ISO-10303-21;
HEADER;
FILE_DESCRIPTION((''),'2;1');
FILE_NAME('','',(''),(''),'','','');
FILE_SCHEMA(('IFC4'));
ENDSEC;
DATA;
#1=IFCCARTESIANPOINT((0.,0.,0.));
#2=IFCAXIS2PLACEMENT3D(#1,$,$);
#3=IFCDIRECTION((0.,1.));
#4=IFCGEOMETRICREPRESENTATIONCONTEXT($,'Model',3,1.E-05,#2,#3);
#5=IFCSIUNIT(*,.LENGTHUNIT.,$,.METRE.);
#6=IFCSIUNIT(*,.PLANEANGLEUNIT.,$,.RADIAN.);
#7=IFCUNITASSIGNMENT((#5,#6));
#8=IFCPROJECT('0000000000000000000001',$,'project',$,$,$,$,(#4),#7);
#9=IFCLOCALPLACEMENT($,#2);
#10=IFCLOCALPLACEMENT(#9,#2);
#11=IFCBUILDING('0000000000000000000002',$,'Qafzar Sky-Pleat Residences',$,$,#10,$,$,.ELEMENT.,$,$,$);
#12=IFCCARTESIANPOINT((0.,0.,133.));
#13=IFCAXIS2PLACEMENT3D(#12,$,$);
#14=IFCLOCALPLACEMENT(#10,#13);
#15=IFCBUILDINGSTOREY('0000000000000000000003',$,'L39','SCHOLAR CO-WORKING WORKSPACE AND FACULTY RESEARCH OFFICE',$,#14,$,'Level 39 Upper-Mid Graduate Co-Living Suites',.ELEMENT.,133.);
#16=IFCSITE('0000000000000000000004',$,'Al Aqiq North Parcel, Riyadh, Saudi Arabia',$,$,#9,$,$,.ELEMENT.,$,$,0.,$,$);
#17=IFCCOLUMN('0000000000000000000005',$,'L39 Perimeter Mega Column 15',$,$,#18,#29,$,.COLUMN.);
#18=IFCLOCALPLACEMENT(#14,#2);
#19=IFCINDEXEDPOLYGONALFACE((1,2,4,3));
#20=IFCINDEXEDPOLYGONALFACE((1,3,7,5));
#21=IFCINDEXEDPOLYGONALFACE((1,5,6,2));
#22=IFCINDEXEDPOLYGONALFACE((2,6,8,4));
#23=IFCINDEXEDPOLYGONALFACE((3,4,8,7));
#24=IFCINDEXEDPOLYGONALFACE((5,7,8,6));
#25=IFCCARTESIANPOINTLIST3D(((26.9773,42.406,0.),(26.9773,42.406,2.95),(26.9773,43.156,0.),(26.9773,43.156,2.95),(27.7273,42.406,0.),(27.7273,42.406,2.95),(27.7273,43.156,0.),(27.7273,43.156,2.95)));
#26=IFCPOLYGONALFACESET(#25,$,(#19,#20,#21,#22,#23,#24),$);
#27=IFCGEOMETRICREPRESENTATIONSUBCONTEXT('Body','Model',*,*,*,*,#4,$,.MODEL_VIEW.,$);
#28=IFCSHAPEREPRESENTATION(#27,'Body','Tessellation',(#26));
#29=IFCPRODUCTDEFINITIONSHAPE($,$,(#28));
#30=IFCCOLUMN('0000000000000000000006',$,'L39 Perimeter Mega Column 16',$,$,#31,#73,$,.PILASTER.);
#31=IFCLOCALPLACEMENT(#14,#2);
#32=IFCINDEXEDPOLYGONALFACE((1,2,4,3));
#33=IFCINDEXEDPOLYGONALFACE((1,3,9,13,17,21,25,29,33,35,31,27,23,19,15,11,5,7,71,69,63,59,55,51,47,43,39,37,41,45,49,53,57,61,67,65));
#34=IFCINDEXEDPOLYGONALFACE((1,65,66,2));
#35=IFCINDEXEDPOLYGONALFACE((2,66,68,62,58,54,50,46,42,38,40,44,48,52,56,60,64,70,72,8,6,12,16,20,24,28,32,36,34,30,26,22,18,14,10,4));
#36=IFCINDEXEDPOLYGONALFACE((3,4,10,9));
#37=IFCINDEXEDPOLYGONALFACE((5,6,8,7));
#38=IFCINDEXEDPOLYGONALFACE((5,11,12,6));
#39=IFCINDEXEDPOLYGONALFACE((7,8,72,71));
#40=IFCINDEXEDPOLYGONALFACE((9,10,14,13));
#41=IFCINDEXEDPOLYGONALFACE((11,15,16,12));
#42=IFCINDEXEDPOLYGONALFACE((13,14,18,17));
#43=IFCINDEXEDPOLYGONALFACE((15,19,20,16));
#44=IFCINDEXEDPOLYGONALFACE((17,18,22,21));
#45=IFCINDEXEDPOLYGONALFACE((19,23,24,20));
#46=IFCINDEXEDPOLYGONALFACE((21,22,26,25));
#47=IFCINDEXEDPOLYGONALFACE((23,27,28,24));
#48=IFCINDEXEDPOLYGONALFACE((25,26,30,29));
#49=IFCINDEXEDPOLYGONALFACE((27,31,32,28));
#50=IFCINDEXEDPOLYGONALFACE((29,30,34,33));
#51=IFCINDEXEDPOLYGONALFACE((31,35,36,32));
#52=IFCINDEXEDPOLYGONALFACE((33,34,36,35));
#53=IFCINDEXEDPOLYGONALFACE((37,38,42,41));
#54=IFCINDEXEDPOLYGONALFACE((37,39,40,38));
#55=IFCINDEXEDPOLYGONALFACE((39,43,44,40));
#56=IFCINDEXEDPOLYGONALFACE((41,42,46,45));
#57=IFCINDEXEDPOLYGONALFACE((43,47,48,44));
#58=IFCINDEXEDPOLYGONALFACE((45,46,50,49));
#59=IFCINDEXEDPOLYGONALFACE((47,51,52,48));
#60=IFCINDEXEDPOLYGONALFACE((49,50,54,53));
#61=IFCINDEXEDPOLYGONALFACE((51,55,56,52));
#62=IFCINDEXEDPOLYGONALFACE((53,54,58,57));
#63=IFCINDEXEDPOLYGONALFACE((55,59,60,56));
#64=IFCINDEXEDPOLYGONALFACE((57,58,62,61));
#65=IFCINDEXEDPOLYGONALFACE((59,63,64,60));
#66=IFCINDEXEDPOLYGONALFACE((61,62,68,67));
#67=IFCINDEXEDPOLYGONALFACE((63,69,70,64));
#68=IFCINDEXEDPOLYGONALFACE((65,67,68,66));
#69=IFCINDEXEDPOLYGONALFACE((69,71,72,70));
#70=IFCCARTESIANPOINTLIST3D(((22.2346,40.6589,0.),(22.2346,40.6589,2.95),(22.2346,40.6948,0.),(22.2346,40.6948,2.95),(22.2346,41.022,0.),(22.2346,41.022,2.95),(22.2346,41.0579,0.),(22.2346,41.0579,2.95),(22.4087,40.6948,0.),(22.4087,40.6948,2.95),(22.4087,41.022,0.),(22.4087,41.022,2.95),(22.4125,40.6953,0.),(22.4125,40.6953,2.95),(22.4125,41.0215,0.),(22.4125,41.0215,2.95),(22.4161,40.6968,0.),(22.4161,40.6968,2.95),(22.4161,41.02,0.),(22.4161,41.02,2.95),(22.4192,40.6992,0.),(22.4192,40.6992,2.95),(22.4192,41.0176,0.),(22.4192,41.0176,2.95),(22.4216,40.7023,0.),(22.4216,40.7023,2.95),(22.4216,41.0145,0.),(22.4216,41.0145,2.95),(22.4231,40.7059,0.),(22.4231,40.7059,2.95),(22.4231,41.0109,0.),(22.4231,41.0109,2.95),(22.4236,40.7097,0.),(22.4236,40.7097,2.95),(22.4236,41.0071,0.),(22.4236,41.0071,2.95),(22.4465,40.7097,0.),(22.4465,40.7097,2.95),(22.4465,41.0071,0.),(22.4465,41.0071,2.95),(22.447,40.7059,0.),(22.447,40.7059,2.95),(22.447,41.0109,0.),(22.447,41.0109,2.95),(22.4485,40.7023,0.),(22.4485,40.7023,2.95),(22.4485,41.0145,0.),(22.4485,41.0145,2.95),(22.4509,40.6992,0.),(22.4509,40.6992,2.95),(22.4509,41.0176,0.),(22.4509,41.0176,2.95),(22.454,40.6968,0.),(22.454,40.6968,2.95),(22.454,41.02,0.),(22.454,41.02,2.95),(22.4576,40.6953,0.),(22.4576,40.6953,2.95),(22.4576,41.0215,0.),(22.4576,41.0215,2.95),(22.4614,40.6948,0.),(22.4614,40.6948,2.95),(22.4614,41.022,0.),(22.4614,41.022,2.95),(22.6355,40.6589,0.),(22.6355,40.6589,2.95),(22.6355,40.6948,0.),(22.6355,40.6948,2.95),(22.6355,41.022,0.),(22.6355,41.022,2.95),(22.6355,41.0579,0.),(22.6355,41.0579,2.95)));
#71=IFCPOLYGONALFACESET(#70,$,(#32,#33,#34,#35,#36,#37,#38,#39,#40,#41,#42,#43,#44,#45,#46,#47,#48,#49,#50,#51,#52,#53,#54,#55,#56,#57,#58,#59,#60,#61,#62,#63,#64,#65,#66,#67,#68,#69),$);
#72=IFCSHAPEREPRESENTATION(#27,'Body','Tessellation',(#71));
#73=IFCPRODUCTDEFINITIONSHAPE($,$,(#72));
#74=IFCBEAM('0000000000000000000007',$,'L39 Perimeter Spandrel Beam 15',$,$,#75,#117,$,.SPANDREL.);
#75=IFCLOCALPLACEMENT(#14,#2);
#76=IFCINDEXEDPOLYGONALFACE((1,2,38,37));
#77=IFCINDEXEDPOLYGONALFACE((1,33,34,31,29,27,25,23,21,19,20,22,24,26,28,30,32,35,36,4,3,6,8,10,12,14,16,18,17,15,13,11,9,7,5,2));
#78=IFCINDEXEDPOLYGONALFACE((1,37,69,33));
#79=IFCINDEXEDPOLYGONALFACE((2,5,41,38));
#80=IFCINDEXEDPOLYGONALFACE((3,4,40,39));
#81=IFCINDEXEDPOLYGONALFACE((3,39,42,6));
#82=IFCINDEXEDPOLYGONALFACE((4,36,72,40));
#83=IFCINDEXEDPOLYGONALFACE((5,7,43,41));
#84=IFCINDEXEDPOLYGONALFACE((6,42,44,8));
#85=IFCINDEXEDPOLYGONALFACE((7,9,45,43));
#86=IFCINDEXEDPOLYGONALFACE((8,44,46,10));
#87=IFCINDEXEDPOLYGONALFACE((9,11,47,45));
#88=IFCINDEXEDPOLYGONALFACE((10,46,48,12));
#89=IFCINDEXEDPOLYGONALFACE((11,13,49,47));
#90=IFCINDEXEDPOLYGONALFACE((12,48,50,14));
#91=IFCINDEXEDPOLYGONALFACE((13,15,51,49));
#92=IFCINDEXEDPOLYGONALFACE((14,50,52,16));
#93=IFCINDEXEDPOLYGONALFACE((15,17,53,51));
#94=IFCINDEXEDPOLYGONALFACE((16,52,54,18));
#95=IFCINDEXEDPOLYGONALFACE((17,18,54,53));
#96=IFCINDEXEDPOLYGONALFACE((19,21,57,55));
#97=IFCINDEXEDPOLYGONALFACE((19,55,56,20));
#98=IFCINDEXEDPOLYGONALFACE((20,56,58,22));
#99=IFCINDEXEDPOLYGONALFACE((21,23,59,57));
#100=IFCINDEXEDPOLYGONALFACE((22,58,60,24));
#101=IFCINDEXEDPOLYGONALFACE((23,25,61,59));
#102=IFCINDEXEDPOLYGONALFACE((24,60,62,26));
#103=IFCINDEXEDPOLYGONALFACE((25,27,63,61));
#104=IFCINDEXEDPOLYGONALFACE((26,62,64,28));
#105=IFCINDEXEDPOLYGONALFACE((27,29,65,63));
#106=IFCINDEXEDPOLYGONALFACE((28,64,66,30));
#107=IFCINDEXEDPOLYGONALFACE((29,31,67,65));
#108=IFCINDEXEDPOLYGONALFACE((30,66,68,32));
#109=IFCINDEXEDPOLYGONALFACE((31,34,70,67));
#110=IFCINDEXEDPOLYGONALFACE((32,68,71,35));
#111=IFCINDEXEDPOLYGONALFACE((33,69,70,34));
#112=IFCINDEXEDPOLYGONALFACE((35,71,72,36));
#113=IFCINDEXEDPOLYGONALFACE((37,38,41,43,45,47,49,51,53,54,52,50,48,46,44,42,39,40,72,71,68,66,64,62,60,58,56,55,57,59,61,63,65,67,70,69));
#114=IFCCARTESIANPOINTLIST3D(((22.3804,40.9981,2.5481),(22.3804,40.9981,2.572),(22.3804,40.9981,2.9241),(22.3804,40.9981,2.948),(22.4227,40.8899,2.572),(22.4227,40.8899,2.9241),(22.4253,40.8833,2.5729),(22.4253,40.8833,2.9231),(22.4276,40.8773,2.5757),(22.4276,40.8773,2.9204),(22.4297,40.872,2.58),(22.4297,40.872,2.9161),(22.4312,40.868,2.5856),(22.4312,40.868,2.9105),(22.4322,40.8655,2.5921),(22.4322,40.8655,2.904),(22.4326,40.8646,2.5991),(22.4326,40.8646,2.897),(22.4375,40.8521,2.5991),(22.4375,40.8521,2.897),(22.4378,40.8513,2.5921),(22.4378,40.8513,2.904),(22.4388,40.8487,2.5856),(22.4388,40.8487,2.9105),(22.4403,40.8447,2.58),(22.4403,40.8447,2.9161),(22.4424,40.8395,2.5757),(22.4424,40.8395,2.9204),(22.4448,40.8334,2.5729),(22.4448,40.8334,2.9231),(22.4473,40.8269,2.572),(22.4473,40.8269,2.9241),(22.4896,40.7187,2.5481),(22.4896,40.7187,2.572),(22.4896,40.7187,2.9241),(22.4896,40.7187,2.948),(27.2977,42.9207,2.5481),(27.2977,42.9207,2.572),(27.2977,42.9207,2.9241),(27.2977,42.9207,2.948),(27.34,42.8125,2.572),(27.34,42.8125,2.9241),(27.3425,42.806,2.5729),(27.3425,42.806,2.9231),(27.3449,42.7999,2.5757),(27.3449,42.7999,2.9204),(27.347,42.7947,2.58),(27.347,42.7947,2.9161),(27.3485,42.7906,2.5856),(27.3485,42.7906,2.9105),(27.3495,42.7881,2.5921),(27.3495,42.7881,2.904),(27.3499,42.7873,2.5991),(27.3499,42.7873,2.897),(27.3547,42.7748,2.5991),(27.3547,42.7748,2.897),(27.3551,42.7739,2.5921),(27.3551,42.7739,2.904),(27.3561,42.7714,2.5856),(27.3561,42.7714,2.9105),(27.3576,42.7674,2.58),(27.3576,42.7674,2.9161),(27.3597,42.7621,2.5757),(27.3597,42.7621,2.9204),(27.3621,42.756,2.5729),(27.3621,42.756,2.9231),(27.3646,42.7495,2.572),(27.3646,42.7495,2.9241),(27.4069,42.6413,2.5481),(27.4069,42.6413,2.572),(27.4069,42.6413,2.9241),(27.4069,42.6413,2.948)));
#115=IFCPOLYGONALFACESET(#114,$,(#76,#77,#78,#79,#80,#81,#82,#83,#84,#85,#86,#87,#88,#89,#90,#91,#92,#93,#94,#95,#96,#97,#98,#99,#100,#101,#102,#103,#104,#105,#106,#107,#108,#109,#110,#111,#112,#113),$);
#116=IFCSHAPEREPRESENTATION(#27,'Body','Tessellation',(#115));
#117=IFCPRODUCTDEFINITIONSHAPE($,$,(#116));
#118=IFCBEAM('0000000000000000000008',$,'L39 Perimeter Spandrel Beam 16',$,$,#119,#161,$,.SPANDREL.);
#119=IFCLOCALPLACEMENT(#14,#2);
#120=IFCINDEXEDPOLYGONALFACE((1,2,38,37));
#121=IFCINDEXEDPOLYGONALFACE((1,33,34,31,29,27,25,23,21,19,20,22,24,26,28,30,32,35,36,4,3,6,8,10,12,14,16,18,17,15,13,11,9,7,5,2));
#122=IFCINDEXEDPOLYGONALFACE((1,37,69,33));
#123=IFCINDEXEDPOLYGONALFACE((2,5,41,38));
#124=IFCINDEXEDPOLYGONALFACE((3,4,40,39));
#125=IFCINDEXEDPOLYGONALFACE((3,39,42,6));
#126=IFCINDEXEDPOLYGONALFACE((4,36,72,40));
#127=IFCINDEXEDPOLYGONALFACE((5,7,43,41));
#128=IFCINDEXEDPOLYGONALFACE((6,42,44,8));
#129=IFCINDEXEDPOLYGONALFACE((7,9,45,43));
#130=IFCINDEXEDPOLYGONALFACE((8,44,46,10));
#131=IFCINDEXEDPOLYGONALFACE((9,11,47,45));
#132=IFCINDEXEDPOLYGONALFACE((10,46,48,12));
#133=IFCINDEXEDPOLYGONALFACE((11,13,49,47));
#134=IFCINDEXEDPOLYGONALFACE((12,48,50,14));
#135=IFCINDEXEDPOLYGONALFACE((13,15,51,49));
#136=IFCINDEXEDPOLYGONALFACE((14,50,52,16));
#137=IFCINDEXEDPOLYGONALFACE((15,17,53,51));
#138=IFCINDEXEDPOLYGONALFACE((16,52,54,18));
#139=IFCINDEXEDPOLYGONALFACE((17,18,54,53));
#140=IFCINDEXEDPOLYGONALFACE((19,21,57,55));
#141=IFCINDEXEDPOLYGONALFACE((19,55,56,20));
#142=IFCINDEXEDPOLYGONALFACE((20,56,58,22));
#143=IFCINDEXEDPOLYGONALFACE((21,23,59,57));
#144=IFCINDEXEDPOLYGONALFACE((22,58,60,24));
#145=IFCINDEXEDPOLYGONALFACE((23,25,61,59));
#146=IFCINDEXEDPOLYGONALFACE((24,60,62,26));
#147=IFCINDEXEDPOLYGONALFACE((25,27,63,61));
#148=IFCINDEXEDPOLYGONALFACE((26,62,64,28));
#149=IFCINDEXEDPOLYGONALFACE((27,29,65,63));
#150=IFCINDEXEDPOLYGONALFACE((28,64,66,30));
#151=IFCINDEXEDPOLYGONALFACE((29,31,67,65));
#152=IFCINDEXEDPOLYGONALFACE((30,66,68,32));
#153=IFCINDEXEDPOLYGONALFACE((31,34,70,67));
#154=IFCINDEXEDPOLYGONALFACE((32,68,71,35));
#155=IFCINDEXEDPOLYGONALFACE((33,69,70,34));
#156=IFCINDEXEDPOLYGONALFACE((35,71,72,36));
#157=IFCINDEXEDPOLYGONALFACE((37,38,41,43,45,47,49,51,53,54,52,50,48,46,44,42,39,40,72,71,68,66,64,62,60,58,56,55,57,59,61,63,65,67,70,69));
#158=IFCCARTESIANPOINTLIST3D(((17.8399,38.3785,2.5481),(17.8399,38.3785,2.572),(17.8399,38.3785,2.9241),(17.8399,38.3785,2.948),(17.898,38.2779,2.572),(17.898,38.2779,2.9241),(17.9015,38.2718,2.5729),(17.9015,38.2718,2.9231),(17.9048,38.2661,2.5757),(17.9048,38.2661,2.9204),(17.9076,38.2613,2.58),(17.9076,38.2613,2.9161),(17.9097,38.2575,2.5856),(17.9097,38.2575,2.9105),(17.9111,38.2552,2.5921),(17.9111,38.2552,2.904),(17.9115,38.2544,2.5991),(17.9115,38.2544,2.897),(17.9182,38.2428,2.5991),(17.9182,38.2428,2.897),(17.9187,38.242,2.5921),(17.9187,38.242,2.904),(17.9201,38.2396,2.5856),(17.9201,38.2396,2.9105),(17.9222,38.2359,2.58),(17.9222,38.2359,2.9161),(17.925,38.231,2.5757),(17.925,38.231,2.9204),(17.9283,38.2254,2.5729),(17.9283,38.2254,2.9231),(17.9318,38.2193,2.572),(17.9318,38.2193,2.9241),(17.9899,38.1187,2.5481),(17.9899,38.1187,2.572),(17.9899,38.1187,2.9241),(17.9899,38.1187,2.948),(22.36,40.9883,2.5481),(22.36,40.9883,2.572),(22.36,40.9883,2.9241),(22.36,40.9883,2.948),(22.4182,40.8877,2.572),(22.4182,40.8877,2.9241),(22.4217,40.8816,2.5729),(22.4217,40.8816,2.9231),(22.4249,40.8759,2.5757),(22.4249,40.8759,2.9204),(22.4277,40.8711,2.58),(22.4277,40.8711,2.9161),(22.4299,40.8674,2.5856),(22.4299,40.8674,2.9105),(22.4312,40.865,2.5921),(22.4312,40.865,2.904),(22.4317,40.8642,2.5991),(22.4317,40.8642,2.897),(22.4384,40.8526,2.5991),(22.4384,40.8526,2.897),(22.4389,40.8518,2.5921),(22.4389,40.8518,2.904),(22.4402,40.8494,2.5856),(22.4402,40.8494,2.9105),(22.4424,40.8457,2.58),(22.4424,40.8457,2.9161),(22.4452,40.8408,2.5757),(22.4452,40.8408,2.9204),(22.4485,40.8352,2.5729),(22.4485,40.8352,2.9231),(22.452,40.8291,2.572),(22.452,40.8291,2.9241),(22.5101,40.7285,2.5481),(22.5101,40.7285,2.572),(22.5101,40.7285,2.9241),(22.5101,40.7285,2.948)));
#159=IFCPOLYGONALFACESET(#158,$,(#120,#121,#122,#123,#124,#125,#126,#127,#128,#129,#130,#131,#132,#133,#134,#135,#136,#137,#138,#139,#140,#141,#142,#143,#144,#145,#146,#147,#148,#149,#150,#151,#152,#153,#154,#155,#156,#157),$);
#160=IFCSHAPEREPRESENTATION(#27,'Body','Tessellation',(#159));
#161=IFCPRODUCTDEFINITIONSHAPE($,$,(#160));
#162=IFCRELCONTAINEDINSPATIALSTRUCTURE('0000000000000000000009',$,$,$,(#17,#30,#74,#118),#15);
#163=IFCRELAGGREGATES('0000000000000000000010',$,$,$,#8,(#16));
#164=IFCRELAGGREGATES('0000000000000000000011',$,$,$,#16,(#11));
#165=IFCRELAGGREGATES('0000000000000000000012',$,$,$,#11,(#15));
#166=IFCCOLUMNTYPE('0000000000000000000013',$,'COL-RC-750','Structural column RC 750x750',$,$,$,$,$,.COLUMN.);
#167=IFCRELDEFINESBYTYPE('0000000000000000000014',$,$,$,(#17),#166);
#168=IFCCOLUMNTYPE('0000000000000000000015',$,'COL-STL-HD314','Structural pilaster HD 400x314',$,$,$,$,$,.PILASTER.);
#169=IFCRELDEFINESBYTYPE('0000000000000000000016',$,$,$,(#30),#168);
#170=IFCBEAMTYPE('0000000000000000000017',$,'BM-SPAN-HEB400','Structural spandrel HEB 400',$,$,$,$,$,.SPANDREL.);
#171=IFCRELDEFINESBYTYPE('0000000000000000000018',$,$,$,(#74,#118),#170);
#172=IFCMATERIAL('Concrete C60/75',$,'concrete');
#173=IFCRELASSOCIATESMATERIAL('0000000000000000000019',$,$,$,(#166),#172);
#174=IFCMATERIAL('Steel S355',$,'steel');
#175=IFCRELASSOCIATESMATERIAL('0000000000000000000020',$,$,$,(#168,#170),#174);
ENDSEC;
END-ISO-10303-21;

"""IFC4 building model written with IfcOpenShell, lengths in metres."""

from ifc_helpers import new_model, si_unit, direction, frame, origin, origin_2d, place, context, subcontext, project, spatial, rectangle, i_section, extrude, source, transform, mapped, material, material_profile, profile_set, type_object, element, save


model = new_model("IFC4")

# Units and contexts
model_context = context("Model", 3, precision=1e-05, world=origin(), true_north=direction((0.0, 1.0)))
body_context = subcontext(model_context, "Body", "Model", "MODEL_VIEW")
ifc_project = project(units=[si_unit("LENGTHUNIT", "METRE"), si_unit("PLANEANGLEUNIT", "RADIAN")], contexts=[model_context])

# Site, building, storey
site_placement = place(None, origin())
site = spatial("IfcSite", under=ifc_project, at=site_placement, Name="Al Aqiq North Parcel, Riyadh, Saudi Arabia", CompositionType="ELEMENT", RefElevation=0.0)
building_placement = place(site_placement, origin())
building = spatial("IfcBuilding", under=site, at=building_placement, Name="Qafzar Sky-Pleat Residences", CompositionType="ELEMENT")
storey_placement = place(building_placement, frame((0.0, 0.0, 133.0)))
storey = spatial("IfcBuildingStorey", under=building, at=storey_placement, Name="L39", Description="SCHOLAR CO-WORKING WORKSPACE AND FACULTY RESEARCH OFFICE", LongName="Level 39 Upper-Mid Graduate Co-Living Suites", CompositionType="ELEMENT", Elevation=133.0)

# Columns
ifc_material_1 = material(Name="Concrete C60/75", Category="concrete")
ifc_material_profile_1 = material_profile(ifc_material_1, rectangle(XDim=0.75, YDim=0.75, at=origin_2d()), Name="RC 750x750")
ifc_profile_set_1 = profile_set([ifc_material_profile_1], Name="Concrete C60/75")
column_type_1 = type_object("IfcColumnType", Name="COL-RC-750", Description="Structural column RC 750x750", PredefinedType="COLUMN", material=ifc_profile_set_1)
shared_shape_1 = source(origin(), body_context, "Body", "SweptSolid", [
    extrude(rectangle(XDim=0.75, YDim=0.75, at=origin_2d()), origin(), (0.0, 0.0, 1.0), 2.95),
])
column_1_placement = place(storey_placement, frame((27.3523, 42.781, 0.0), z_axis=(0.0, 0.0, 1.0), x_axis=(1.0, 0.0, 0.0)))
element("IfcColumn", 1, at=column_1_placement, inside=storey, type_object=column_type_1, Name="L39 Perimeter Mega Column 15", PredefinedType="COLUMN", context=body_context, shape_type="MappedRepresentation", body=[
    mapped(shared_shape_1, transform((0.0, 0.0, 0.0), x_axis=(1.0, 0.0, 0.0), y_axis=(0.0, 1.0, 0.0), z_axis=(0.0, 0.0, 1.0), scale=1.0)),
])
ifc_material_2 = material(Name="Steel S355", Category="steel")
ifc_material_profile_2 = material_profile(ifc_material_2, i_section(OverallWidth=0.4009, OverallDepth=0.3989, WebThickness=0.0229, FlangeThickness=0.0359, FilletRadius=0.0149, at=origin_2d()), Name="HD 400x314")
ifc_profile_set_2 = profile_set([ifc_material_profile_2], Name="Steel S355")
column_type_2 = type_object("IfcColumnType", Name="COL-STL-HD314", Description="Structural pilaster HD 400x314", PredefinedType="PILASTER", material=ifc_profile_set_2)
shared_shape_2 = source(origin(), body_context, "Body", "SweptSolid", [
    extrude(i_section(OverallWidth=0.4009, OverallDepth=0.3989, WebThickness=0.0229, FlangeThickness=0.0359, FilletRadius=0.0149, at=origin_2d()), origin(), (0.0, 0.0, 1.0), 2.95),
])
column_2_placement = place(storey_placement, frame((22.4351, 40.8584, 0.0), z_axis=(0.0, 0.0, 1.0), x_axis=(1.0, 0.0, 0.0)))
element("IfcColumn", 2, at=column_2_placement, inside=storey, type_object=column_type_2, Name="L39 Perimeter Mega Column 16", PredefinedType="PILASTER", context=body_context, shape_type="MappedRepresentation", body=[
    mapped(shared_shape_2, transform((0.0, 0.0, 0.0), x_axis=(1.0, 0.0, 0.0), y_axis=(0.0, 1.0, 0.0), z_axis=(0.0, 0.0, 1.0), scale=1.0)),
])

# Beams
ifc_material_profile_3 = material_profile(ifc_material_2, i_section(OverallWidth=0.3, OverallDepth=0.3999, WebThickness=0.0134, FlangeThickness=0.0239, FilletRadius=0.0271, at=origin_2d()), Name="HEB 400")
ifc_profile_set_3 = profile_set([ifc_material_profile_3], Name="Steel S355")
beam_type_1 = type_object("IfcBeamType", Name="BM-SPAN-HEB400", Description="Structural spandrel HEB 400", PredefinedType="SPANDREL", material=ifc_profile_set_3)
shared_shape_3 = source(origin(), body_context, "Body", "SweptSolid", [
    extrude(i_section(OverallWidth=0.3, OverallDepth=0.3999, WebThickness=0.0134, FlangeThickness=0.0239, FilletRadius=0.0271, at=origin_2d()), origin(), (0.0, 0.0, 1.0), 5.2798),
])
beam_1_placement = place(storey_placement, frame((27.3523, 42.781, 2.748), z_axis=(-0.931341, -0.364148, 0.0), x_axis=(0.364148, -0.931341, 0.0)))
element("IfcBeam", 3, at=beam_1_placement, inside=storey, type_object=beam_type_1, Name="L39 Perimeter Spandrel Beam 15", PredefinedType="SPANDREL", context=body_context, shape_type="MappedRepresentation", body=[
    mapped(shared_shape_3, transform((0.0, 0.0, 0.0), x_axis=(1.0, 0.0, 0.0), y_axis=(0.0, 1.0, 0.0), z_axis=(0.0, 0.0, 1.0), scale=1.0)),
])
shared_shape_4 = source(origin(), body_context, "Body", "SweptSolid", [
    extrude(i_section(OverallWidth=0.3, OverallDepth=0.3999, WebThickness=0.0134, FlangeThickness=0.0239, FilletRadius=0.0271, at=origin_2d()), origin(), (0.0, 0.0, 1.0), 5.2195),
])
beam_2_placement = place(storey_placement, frame((22.4351, 40.8584, 2.748), z_axis=(-0.866018, -0.500013, 0.0), x_axis=(0.500013, -0.866018, 0.0)))
element("IfcBeam", 4, at=beam_2_placement, inside=storey, type_object=beam_type_1, Name="L39 Perimeter Spandrel Beam 16", PredefinedType="SPANDREL", context=body_context, shape_type="MappedRepresentation", body=[
    mapped(shared_shape_4, transform((0.0, 0.0, 0.0), x_axis=(1.0, 0.0, 0.0), y_axis=(0.0, 1.0, 0.0), z_axis=(0.0, 0.0, 1.0), scale=1.0)),
])

save(model, "model.ifc")
